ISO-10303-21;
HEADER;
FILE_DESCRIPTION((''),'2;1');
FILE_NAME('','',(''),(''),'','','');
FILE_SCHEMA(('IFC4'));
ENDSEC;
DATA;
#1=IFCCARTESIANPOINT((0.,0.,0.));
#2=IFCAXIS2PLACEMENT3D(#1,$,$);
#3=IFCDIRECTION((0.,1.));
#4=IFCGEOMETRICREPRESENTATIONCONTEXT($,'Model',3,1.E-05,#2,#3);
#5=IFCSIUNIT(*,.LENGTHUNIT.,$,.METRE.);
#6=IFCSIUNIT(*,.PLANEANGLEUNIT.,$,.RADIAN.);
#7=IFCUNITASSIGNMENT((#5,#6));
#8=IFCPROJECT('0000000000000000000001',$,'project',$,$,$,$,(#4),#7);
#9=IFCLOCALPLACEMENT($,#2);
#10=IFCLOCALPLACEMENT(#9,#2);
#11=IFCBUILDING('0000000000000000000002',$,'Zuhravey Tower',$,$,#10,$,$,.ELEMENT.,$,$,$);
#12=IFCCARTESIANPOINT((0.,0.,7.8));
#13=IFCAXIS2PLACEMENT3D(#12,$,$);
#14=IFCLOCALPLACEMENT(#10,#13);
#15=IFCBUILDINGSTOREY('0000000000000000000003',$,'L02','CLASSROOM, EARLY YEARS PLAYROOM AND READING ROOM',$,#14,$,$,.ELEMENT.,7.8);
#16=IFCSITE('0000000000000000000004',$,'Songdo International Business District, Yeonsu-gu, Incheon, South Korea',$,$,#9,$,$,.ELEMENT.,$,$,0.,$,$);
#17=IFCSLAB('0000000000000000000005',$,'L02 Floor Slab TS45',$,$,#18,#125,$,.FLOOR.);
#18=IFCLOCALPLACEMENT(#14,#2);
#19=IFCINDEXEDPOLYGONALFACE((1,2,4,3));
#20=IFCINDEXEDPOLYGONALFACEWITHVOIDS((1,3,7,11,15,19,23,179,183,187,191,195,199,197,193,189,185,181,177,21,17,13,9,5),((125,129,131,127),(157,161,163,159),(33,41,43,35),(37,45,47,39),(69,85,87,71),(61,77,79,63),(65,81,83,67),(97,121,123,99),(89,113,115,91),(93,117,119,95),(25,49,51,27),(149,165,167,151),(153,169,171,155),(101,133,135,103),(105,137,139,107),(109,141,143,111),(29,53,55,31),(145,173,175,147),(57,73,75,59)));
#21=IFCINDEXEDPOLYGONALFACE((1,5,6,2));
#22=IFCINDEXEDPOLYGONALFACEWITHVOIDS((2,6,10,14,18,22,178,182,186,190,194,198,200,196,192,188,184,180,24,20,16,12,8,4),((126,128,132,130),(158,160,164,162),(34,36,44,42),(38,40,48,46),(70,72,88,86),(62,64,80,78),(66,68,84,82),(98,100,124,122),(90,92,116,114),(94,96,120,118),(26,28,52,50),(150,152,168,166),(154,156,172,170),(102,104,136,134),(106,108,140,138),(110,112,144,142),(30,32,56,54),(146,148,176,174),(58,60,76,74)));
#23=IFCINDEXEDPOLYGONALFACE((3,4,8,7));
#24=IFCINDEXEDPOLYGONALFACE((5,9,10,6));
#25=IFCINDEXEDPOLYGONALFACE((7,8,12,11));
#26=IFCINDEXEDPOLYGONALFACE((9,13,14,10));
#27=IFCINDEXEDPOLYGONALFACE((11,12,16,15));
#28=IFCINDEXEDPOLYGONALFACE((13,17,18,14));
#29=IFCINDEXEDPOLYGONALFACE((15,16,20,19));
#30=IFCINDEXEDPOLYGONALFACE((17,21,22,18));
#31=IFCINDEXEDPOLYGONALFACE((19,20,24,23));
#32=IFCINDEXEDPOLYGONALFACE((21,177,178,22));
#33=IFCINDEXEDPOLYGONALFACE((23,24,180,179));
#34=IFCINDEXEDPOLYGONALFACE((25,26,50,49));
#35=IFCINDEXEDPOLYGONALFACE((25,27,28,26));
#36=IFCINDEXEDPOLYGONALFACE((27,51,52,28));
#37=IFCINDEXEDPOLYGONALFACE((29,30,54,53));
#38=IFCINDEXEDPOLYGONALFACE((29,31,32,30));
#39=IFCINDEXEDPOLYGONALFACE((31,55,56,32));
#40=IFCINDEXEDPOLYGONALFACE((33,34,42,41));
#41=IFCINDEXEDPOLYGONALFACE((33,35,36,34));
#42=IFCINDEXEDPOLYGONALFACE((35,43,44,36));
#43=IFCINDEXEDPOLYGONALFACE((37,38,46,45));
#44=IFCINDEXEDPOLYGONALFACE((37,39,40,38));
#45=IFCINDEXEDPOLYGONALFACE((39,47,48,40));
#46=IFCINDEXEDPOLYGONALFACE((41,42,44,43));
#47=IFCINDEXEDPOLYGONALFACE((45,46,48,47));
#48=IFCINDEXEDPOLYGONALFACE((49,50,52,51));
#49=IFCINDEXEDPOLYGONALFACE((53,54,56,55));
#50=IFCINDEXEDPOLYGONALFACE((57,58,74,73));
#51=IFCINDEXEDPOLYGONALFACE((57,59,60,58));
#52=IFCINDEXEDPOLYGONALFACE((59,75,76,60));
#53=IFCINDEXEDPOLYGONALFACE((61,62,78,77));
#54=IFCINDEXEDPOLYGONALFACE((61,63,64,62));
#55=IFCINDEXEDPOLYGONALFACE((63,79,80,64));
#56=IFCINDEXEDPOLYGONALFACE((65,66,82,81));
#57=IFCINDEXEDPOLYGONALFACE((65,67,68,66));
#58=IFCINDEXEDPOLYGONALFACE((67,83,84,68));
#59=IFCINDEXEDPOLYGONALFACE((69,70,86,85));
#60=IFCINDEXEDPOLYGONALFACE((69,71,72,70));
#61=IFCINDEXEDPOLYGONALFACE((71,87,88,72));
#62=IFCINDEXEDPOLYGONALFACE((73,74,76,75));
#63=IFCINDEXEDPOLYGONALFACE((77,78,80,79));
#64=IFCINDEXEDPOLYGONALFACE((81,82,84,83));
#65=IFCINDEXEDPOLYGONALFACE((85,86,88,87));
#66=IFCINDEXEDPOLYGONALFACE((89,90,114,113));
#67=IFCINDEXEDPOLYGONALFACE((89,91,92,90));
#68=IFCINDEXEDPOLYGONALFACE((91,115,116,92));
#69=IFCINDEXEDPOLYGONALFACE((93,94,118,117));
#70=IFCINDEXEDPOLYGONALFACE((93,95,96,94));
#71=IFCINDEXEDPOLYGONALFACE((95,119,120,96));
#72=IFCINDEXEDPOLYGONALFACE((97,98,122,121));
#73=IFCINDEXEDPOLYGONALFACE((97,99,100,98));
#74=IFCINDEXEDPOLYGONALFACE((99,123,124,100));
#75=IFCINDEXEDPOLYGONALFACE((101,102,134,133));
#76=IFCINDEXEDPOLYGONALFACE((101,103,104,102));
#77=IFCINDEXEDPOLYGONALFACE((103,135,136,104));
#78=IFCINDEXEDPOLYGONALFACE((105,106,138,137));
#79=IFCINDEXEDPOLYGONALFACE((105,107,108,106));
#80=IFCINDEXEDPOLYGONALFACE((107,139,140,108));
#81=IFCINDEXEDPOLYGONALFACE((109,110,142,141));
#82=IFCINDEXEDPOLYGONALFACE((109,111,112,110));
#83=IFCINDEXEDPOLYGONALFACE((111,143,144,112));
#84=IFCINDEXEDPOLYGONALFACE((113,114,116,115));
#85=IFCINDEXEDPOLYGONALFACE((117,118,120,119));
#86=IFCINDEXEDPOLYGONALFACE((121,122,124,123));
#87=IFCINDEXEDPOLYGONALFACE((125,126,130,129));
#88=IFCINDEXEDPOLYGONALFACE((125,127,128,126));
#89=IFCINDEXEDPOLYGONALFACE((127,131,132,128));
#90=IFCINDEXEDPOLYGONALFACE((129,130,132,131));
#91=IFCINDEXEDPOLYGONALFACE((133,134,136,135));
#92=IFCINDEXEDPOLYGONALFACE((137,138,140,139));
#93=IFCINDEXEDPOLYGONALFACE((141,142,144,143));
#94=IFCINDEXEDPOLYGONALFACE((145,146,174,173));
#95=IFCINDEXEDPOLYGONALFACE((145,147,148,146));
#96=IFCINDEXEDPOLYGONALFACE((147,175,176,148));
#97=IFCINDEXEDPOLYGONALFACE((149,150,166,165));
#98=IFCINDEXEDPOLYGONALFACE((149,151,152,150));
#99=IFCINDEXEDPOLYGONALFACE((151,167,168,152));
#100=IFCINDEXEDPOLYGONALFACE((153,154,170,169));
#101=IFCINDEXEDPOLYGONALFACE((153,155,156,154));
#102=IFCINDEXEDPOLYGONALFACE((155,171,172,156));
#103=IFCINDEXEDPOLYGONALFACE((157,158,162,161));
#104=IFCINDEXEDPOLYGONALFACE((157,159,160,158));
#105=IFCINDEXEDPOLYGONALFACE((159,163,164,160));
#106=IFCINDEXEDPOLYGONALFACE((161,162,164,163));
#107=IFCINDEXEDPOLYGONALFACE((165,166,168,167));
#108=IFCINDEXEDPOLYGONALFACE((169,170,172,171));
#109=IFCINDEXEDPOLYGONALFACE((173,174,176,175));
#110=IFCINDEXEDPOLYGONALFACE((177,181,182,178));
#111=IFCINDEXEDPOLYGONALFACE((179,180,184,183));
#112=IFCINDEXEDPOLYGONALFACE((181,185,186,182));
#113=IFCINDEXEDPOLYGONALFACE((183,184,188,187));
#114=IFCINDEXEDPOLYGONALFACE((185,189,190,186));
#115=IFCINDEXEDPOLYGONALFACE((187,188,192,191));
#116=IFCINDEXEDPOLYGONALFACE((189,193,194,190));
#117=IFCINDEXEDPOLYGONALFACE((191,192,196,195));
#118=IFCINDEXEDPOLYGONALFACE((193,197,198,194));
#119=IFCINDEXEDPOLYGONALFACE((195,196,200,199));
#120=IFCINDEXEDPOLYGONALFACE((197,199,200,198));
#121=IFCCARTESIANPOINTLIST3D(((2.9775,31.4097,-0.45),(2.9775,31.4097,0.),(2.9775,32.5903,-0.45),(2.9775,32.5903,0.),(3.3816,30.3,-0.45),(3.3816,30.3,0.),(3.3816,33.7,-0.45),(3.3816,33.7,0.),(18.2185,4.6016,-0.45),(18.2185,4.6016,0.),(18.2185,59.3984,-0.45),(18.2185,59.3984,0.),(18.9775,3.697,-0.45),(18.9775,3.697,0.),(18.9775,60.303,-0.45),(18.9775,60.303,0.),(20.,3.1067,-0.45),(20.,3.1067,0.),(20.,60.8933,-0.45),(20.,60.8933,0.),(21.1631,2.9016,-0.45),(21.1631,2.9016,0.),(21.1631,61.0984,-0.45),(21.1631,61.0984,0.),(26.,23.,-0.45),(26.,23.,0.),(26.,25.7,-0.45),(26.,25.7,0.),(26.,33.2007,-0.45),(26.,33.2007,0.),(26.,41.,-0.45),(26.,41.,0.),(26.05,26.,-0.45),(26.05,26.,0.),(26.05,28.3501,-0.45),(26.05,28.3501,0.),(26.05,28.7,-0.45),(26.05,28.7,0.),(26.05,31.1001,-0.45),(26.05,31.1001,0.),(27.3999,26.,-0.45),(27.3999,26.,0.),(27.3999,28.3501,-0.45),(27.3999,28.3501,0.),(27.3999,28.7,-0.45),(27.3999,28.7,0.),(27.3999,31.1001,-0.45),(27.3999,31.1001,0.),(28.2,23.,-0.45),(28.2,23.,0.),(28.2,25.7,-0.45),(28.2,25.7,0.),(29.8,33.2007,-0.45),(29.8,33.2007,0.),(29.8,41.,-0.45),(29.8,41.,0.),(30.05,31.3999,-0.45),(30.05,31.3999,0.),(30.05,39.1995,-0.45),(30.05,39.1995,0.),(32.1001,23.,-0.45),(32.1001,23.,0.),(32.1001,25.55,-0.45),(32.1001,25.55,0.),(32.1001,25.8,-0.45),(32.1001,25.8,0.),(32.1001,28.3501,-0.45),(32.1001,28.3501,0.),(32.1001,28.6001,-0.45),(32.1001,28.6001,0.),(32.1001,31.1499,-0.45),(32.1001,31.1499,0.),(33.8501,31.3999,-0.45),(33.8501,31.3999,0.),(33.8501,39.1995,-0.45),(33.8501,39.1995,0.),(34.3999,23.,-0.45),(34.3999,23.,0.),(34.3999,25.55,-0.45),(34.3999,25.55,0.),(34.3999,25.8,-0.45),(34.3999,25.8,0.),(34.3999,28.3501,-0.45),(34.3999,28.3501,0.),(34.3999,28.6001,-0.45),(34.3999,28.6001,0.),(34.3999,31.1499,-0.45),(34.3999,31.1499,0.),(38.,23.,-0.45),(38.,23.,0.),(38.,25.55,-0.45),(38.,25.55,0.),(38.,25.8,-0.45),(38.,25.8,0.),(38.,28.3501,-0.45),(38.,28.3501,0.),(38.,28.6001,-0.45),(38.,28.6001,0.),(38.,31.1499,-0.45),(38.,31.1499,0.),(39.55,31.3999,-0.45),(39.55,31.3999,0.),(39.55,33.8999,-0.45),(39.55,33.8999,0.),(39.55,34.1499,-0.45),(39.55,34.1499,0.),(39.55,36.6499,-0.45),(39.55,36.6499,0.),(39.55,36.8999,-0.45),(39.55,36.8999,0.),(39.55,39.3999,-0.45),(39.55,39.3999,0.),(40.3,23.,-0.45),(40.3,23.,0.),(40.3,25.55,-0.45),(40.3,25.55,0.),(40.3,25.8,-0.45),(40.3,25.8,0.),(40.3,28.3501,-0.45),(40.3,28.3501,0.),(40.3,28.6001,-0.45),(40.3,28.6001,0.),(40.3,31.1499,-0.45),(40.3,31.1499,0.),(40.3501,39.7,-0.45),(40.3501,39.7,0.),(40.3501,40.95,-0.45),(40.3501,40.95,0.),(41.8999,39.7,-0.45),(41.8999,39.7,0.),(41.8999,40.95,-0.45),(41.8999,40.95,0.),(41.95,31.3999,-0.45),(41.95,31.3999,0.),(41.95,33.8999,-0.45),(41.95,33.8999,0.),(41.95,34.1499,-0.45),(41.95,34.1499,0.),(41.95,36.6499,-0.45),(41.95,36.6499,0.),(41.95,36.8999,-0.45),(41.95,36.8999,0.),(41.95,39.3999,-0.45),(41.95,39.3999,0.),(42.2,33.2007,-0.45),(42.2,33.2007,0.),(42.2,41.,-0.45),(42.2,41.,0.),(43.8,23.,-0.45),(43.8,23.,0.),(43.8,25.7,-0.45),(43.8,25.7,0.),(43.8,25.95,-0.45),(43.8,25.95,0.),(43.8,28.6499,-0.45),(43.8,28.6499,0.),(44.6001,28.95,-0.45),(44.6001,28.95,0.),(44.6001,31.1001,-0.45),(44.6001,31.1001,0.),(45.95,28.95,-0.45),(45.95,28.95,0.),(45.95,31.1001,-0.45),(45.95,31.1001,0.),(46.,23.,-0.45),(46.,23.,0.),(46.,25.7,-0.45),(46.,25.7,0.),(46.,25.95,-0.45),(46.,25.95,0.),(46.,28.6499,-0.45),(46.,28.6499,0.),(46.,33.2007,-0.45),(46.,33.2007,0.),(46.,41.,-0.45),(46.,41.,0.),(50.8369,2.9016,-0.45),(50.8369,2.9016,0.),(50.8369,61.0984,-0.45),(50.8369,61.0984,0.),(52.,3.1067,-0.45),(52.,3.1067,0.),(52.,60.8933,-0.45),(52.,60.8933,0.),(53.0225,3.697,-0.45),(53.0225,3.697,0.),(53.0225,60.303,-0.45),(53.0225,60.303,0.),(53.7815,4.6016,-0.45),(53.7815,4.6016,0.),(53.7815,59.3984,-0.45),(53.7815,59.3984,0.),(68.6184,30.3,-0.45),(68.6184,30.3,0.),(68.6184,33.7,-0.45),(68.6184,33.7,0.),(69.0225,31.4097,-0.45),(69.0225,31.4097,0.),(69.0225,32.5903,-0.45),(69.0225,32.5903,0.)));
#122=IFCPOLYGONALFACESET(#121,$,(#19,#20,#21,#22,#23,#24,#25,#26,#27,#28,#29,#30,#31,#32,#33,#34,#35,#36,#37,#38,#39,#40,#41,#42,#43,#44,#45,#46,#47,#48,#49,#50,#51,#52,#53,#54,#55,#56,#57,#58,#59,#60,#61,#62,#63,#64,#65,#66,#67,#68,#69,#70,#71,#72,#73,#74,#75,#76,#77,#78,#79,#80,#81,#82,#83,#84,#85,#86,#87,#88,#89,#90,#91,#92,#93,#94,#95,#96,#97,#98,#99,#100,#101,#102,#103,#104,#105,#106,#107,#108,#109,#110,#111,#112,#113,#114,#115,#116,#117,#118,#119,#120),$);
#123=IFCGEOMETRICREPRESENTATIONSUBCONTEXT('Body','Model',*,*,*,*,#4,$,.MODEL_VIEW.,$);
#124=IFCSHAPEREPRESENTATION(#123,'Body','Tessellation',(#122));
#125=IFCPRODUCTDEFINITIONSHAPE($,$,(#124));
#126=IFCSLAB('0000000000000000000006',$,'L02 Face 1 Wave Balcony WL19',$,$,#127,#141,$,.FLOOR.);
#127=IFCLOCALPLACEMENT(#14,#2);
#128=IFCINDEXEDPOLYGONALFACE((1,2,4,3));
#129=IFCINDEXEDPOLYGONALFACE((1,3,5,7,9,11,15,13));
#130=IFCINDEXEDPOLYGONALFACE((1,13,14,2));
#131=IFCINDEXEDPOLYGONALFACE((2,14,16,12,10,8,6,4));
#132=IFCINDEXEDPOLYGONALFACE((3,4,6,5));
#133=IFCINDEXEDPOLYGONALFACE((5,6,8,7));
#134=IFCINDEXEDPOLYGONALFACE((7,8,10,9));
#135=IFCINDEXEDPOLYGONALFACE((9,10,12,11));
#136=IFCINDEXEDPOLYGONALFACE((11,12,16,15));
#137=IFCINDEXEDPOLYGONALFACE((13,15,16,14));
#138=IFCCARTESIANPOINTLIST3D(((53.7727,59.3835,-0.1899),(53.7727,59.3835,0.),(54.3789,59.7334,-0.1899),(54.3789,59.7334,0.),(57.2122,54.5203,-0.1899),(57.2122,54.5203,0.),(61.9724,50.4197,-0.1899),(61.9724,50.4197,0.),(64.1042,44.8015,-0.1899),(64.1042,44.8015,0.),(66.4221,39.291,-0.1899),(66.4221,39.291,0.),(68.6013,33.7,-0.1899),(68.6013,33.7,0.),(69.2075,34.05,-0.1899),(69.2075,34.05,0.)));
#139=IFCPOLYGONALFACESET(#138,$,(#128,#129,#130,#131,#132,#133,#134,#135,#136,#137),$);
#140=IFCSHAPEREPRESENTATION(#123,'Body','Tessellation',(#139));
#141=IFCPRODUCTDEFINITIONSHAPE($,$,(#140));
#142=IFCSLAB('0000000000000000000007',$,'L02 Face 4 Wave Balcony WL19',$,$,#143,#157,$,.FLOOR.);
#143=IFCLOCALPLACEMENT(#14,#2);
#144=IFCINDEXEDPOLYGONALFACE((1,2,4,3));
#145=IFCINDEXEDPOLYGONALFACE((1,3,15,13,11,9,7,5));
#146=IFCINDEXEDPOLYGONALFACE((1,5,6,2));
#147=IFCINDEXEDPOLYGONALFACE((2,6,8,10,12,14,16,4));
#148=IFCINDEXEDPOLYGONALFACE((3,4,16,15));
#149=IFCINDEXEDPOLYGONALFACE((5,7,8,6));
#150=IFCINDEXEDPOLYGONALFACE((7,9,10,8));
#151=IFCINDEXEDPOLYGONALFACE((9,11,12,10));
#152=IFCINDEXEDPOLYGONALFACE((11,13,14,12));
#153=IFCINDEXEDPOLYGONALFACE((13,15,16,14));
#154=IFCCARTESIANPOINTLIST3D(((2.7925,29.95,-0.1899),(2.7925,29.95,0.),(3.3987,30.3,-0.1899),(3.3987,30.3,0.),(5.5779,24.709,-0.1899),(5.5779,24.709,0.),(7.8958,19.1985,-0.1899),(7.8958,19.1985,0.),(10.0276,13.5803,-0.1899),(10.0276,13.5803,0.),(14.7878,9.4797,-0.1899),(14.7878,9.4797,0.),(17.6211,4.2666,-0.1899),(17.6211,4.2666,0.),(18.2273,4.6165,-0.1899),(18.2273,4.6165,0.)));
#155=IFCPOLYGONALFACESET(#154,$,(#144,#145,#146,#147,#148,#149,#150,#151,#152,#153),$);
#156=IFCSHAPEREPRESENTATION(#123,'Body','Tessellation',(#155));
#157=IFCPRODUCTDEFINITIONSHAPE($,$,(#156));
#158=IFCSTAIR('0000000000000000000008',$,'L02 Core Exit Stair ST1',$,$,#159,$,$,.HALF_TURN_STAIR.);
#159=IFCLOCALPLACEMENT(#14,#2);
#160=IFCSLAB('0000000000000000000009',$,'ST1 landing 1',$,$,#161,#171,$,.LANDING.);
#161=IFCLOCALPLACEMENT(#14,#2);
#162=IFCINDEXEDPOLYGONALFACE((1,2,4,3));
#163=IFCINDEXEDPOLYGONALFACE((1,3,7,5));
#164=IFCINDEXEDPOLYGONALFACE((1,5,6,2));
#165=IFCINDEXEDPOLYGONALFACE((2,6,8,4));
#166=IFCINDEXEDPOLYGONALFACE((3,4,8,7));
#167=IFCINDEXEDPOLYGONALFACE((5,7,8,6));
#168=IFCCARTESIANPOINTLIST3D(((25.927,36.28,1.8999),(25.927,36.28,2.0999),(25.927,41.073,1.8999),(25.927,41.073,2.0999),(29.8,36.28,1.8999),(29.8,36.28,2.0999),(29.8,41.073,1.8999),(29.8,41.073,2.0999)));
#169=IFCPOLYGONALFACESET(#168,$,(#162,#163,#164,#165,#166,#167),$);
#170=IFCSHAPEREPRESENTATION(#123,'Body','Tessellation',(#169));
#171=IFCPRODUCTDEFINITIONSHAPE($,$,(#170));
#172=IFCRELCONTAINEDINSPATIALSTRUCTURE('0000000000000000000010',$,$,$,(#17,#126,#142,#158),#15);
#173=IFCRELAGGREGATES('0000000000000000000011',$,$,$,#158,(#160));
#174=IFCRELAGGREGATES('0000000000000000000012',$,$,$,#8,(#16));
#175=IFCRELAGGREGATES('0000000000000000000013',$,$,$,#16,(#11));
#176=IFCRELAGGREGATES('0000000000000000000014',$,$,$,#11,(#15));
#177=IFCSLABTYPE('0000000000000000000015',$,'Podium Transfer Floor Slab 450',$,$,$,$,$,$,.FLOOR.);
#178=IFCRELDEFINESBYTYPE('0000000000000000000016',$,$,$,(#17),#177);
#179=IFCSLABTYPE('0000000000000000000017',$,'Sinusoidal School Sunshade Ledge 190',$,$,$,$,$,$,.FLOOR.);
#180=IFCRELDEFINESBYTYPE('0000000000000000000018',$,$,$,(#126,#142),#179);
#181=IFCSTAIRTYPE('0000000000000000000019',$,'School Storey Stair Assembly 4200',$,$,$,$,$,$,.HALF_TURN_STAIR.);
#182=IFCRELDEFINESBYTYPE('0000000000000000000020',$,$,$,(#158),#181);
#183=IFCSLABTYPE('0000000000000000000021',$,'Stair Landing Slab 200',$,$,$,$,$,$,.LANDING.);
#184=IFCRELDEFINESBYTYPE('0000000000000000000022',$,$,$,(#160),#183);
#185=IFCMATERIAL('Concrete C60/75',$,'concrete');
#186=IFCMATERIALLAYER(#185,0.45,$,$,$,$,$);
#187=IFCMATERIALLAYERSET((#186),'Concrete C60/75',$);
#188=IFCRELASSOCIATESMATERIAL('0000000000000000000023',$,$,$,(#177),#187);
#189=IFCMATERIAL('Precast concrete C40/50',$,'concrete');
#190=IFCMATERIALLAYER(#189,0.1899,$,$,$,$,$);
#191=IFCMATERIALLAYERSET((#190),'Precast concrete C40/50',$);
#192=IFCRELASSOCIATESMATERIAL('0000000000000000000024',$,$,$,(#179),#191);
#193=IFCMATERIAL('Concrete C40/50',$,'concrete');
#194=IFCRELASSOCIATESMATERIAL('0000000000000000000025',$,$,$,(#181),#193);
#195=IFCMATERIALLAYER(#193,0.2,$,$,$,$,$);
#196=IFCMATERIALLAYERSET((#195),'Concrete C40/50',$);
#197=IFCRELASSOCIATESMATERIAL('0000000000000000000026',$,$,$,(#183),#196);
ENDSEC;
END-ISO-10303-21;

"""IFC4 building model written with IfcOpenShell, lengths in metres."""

from ifc_helpers import new_model, si_unit, direction, frame, origin, place, context, subcontext, project, spatial, polyline, outline, extrude, material, layer, layer_set, type_object, element, aggregate, save


model = new_model("IFC4")

# Units and contexts
model_context = context("Model", 3, precision=1e-05, world=origin(), true_north=direction((0.0, 1.0)))
body_context = subcontext(model_context, "Body", "Model", "MODEL_VIEW")
ifc_project = project(units=[si_unit("LENGTHUNIT", "METRE"), si_unit("PLANEANGLEUNIT", "RADIAN")], contexts=[model_context])

# Site, building, storey
site_placement = place(None, origin())
site = spatial("IfcSite", under=ifc_project, at=site_placement, Name="Songdo International Business District, Yeonsu-gu, Incheon, South Korea", CompositionType="ELEMENT", RefElevation=0.0)
building_placement = place(site_placement, origin())
building = spatial("IfcBuilding", under=site, at=building_placement, Name="Zuhravey Tower", CompositionType="ELEMENT")
storey_placement = place(building_placement, frame((0.0, 0.0, 7.8)))
storey = spatial("IfcBuildingStorey", under=building, at=storey_placement, Name="L02", Description="CLASSROOM, EARLY YEARS PLAYROOM AND READING ROOM", CompositionType="ELEMENT", Elevation=7.8)

# Shared definitions
ifc_material_1 = material(Name="Concrete C60/75", Category="concrete")

# Slabs
ifc_layer_1 = layer(ifc_material_1, 0.45)
ifc_layer_set_1 = layer_set([ifc_layer_1], Name="Concrete C60/75")
slab_type_1 = type_object("IfcSlabType", Name="Podium Transfer Floor Slab 450", PredefinedType="FLOOR", material=ifc_layer_set_1)
slab_1_placement = place(storey_placement, frame((0.0, 0.0, -0.45)))
element("IfcSlab", 1, at=slab_1_placement, inside=storey, type_object=slab_type_1, Name="L02 Floor Slab TS45", PredefinedType="FLOOR", context=body_context, shape_type="SweptSolid", body=[
    extrude(outline(polyline([(68.6184, 30.3), (69.0225, 31.4097), (69.0225, 32.5903), (68.6184, 33.7), (53.7815, 59.3984), (53.0225, 60.303), (52.0, 60.8933), (50.8369, 61.0984), (21.1631, 61.0984), (20.0, 60.8933), (18.9775, 60.303), (18.2185, 59.3984), (3.3816, 33.7), (2.9775, 32.5903), (2.9775, 31.4097), (3.3816, 30.3), (18.2185, 4.6016), (18.9775, 3.697), (20.0, 3.1067), (21.1631, 2.9016), (50.8369, 2.9016), (52.0, 3.1067), (53.0225, 3.697), (53.7815, 4.6016), (68.6184, 30.3)]), holes=[polyline([(29.8, 33.2007), (29.8, 41.0), (26.0, 41.0), (26.0, 33.2007), (29.8, 33.2007)]), polyline([(46.0, 33.2007), (46.0, 41.0), (42.2, 41.0), (42.2, 33.2007), (46.0, 33.2007)]), polyline([(30.05, 39.1995), (30.05, 31.3999), (33.8501, 31.3999), (33.8501, 39.1995), (30.05, 39.1995)]), polyline([(32.1001, 23.0), (34.3999, 23.0), (34.3999, 25.55), (32.1001, 25.55), (32.1001, 23.0)]), polyline([(32.1001, 25.8), (34.3999, 25.8), (34.3999, 28.3501), (32.1001, 28.3501), (32.1001, 25.8)]), polyline([(32.1001, 28.6001), (34.3999, 28.6001), (34.3999, 31.1499), (32.1001, 31.1499), (32.1001, 28.6001)]), polyline([(38.0, 23.0), (40.3, 23.0), (40.3, 25.55), (38.0, 25.55), (38.0, 23.0)]), polyline([(38.0, 25.8), (40.3, 25.8), (40.3, 28.3501), (38.0, 28.3501), (38.0, 25.8)]), polyline([(38.0, 28.6001), (40.3, 28.6001), (40.3, 31.1499), (38.0, 31.1499), (38.0, 28.6001)]), polyline([(39.55, 31.3999), (41.95, 31.3999), (41.95, 33.8999), (39.55, 33.8999), (39.55, 31.3999)]), polyline([(39.55, 34.1499), (41.95, 34.1499), (41.95, 36.6499), (39.55, 36.6499), (39.55, 34.1499)]), polyline([(39.55, 36.8999), (41.95, 36.8999), (41.95, 39.3999), (39.55, 39.3999), (39.55, 36.8999)]), polyline([(26.0, 23.0), (28.2, 23.0), (28.2, 25.7), (26.0, 25.7), (26.0, 23.0)]), polyline([(43.8, 23.0), (46.0, 23.0), (46.0, 25.7), (43.8, 25.7), (43.8, 23.0)]), polyline([(43.8, 25.95), (46.0, 25.95), (46.0, 28.6499), (43.8, 28.6499), (43.8, 25.95)]), polyline([(26.05, 26.0), (27.3999, 26.0), (27.3999, 28.3501), (26.05, 28.3501), (26.05, 26.0)]), polyline([(26.05, 28.7), (27.3999, 28.7), (27.3999, 31.1001), (26.05, 31.1001), (26.05, 28.7)]), polyline([(44.6001, 28.95), (45.95, 28.95), (45.95, 31.1001), (44.6001, 31.1001), (44.6001, 28.95)]), polyline([(40.3501, 39.7), (41.8999, 39.7), (41.8999, 40.95), (40.3501, 40.95), (40.3501, 39.7)])]), origin(), (0.0, 0.0, 1.0), 0.45),
])
ifc_material_2 = material(Name="Precast concrete C40/50", Category="concrete")
ifc_layer_2 = layer(ifc_material_2, 0.1899)
ifc_layer_set_2 = layer_set([ifc_layer_2], Name="Precast concrete C40/50")
slab_type_2 = type_object("IfcSlabType", Name="Sinusoidal School Sunshade Ledge 190", PredefinedType="FLOOR", material=ifc_layer_set_2)
slab_2_placement = place(storey_placement, frame((0.0, 0.0, -0.1899)))
element("IfcSlab", 2, at=slab_2_placement, inside=storey, type_object=slab_type_2, Name="L02 Face 1 Wave Balcony WL19", PredefinedType="FLOOR", context=body_context, shape_type="SweptSolid", body=[
    extrude(outline(polyline([(68.6013, 33.7), (53.7727, 59.3835), (54.3789, 59.7334), (57.2122, 54.5203), (61.9724, 50.4197), (64.1042, 44.8015), (66.4221, 39.291), (69.2075, 34.05), (68.6013, 33.7)])), origin(), (0.0, 0.0, 1.0), 0.1899),
])
slab_3_placement = place(storey_placement, frame((0.0, 0.0, -0.1899)))
element("IfcSlab", 3, at=slab_3_placement, inside=storey, type_object=slab_type_2, Name="L02 Face 4 Wave Balcony WL19", PredefinedType="FLOOR", context=body_context, shape_type="SweptSolid", body=[
    extrude(outline(polyline([(3.3987, 30.3), (18.2273, 4.6165), (17.6211, 4.2666), (14.7878, 9.4797), (10.0276, 13.5803), (7.8958, 19.1985), (5.5779, 24.709), (2.7925, 29.95), (3.3987, 30.3)])), origin(), (0.0, 0.0, 1.0), 0.1899),
])

# Stair, slab
ifc_material_3 = material(Name="Concrete C40/50", Category="concrete")
stair_type = type_object("IfcStairType", Name="School Storey Stair Assembly 4200", PredefinedType="HALF_TURN_STAIR", material=ifc_material_3)
stair_1_placement = place(storey_placement, origin())
stair_1 = element("IfcStair", 4, at=stair_1_placement, inside=storey, type_object=stair_type, Name="L02 Core Exit Stair ST1", PredefinedType="HALF_TURN_STAIR")
ifc_layer_3 = layer(ifc_material_3, 0.2)
ifc_layer_set_3 = layer_set([ifc_layer_3], Name="Concrete C40/50")
slab_type_3 = type_object("IfcSlabType", Name="Stair Landing Slab 200", PredefinedType="LANDING", material=ifc_layer_set_3)
slab_4_placement = place(storey_placement, frame((0.0, 0.0, 1.8999)))
slab_4 = element("IfcSlab", 5, at=slab_4_placement, type_object=slab_type_3, Name="ST1 landing 1", PredefinedType="LANDING", context=body_context, shape_type="SweptSolid", body=[
    extrude(outline(polyline([(29.8, 36.28), (29.8, 41.073), (25.927, 41.073), (25.927, 36.28), (29.8, 36.28)])), origin(), (0.0, 0.0, 1.0), 0.2),
])
aggregate(stair_1, [slab_4])

save(model, "model.ifc")
